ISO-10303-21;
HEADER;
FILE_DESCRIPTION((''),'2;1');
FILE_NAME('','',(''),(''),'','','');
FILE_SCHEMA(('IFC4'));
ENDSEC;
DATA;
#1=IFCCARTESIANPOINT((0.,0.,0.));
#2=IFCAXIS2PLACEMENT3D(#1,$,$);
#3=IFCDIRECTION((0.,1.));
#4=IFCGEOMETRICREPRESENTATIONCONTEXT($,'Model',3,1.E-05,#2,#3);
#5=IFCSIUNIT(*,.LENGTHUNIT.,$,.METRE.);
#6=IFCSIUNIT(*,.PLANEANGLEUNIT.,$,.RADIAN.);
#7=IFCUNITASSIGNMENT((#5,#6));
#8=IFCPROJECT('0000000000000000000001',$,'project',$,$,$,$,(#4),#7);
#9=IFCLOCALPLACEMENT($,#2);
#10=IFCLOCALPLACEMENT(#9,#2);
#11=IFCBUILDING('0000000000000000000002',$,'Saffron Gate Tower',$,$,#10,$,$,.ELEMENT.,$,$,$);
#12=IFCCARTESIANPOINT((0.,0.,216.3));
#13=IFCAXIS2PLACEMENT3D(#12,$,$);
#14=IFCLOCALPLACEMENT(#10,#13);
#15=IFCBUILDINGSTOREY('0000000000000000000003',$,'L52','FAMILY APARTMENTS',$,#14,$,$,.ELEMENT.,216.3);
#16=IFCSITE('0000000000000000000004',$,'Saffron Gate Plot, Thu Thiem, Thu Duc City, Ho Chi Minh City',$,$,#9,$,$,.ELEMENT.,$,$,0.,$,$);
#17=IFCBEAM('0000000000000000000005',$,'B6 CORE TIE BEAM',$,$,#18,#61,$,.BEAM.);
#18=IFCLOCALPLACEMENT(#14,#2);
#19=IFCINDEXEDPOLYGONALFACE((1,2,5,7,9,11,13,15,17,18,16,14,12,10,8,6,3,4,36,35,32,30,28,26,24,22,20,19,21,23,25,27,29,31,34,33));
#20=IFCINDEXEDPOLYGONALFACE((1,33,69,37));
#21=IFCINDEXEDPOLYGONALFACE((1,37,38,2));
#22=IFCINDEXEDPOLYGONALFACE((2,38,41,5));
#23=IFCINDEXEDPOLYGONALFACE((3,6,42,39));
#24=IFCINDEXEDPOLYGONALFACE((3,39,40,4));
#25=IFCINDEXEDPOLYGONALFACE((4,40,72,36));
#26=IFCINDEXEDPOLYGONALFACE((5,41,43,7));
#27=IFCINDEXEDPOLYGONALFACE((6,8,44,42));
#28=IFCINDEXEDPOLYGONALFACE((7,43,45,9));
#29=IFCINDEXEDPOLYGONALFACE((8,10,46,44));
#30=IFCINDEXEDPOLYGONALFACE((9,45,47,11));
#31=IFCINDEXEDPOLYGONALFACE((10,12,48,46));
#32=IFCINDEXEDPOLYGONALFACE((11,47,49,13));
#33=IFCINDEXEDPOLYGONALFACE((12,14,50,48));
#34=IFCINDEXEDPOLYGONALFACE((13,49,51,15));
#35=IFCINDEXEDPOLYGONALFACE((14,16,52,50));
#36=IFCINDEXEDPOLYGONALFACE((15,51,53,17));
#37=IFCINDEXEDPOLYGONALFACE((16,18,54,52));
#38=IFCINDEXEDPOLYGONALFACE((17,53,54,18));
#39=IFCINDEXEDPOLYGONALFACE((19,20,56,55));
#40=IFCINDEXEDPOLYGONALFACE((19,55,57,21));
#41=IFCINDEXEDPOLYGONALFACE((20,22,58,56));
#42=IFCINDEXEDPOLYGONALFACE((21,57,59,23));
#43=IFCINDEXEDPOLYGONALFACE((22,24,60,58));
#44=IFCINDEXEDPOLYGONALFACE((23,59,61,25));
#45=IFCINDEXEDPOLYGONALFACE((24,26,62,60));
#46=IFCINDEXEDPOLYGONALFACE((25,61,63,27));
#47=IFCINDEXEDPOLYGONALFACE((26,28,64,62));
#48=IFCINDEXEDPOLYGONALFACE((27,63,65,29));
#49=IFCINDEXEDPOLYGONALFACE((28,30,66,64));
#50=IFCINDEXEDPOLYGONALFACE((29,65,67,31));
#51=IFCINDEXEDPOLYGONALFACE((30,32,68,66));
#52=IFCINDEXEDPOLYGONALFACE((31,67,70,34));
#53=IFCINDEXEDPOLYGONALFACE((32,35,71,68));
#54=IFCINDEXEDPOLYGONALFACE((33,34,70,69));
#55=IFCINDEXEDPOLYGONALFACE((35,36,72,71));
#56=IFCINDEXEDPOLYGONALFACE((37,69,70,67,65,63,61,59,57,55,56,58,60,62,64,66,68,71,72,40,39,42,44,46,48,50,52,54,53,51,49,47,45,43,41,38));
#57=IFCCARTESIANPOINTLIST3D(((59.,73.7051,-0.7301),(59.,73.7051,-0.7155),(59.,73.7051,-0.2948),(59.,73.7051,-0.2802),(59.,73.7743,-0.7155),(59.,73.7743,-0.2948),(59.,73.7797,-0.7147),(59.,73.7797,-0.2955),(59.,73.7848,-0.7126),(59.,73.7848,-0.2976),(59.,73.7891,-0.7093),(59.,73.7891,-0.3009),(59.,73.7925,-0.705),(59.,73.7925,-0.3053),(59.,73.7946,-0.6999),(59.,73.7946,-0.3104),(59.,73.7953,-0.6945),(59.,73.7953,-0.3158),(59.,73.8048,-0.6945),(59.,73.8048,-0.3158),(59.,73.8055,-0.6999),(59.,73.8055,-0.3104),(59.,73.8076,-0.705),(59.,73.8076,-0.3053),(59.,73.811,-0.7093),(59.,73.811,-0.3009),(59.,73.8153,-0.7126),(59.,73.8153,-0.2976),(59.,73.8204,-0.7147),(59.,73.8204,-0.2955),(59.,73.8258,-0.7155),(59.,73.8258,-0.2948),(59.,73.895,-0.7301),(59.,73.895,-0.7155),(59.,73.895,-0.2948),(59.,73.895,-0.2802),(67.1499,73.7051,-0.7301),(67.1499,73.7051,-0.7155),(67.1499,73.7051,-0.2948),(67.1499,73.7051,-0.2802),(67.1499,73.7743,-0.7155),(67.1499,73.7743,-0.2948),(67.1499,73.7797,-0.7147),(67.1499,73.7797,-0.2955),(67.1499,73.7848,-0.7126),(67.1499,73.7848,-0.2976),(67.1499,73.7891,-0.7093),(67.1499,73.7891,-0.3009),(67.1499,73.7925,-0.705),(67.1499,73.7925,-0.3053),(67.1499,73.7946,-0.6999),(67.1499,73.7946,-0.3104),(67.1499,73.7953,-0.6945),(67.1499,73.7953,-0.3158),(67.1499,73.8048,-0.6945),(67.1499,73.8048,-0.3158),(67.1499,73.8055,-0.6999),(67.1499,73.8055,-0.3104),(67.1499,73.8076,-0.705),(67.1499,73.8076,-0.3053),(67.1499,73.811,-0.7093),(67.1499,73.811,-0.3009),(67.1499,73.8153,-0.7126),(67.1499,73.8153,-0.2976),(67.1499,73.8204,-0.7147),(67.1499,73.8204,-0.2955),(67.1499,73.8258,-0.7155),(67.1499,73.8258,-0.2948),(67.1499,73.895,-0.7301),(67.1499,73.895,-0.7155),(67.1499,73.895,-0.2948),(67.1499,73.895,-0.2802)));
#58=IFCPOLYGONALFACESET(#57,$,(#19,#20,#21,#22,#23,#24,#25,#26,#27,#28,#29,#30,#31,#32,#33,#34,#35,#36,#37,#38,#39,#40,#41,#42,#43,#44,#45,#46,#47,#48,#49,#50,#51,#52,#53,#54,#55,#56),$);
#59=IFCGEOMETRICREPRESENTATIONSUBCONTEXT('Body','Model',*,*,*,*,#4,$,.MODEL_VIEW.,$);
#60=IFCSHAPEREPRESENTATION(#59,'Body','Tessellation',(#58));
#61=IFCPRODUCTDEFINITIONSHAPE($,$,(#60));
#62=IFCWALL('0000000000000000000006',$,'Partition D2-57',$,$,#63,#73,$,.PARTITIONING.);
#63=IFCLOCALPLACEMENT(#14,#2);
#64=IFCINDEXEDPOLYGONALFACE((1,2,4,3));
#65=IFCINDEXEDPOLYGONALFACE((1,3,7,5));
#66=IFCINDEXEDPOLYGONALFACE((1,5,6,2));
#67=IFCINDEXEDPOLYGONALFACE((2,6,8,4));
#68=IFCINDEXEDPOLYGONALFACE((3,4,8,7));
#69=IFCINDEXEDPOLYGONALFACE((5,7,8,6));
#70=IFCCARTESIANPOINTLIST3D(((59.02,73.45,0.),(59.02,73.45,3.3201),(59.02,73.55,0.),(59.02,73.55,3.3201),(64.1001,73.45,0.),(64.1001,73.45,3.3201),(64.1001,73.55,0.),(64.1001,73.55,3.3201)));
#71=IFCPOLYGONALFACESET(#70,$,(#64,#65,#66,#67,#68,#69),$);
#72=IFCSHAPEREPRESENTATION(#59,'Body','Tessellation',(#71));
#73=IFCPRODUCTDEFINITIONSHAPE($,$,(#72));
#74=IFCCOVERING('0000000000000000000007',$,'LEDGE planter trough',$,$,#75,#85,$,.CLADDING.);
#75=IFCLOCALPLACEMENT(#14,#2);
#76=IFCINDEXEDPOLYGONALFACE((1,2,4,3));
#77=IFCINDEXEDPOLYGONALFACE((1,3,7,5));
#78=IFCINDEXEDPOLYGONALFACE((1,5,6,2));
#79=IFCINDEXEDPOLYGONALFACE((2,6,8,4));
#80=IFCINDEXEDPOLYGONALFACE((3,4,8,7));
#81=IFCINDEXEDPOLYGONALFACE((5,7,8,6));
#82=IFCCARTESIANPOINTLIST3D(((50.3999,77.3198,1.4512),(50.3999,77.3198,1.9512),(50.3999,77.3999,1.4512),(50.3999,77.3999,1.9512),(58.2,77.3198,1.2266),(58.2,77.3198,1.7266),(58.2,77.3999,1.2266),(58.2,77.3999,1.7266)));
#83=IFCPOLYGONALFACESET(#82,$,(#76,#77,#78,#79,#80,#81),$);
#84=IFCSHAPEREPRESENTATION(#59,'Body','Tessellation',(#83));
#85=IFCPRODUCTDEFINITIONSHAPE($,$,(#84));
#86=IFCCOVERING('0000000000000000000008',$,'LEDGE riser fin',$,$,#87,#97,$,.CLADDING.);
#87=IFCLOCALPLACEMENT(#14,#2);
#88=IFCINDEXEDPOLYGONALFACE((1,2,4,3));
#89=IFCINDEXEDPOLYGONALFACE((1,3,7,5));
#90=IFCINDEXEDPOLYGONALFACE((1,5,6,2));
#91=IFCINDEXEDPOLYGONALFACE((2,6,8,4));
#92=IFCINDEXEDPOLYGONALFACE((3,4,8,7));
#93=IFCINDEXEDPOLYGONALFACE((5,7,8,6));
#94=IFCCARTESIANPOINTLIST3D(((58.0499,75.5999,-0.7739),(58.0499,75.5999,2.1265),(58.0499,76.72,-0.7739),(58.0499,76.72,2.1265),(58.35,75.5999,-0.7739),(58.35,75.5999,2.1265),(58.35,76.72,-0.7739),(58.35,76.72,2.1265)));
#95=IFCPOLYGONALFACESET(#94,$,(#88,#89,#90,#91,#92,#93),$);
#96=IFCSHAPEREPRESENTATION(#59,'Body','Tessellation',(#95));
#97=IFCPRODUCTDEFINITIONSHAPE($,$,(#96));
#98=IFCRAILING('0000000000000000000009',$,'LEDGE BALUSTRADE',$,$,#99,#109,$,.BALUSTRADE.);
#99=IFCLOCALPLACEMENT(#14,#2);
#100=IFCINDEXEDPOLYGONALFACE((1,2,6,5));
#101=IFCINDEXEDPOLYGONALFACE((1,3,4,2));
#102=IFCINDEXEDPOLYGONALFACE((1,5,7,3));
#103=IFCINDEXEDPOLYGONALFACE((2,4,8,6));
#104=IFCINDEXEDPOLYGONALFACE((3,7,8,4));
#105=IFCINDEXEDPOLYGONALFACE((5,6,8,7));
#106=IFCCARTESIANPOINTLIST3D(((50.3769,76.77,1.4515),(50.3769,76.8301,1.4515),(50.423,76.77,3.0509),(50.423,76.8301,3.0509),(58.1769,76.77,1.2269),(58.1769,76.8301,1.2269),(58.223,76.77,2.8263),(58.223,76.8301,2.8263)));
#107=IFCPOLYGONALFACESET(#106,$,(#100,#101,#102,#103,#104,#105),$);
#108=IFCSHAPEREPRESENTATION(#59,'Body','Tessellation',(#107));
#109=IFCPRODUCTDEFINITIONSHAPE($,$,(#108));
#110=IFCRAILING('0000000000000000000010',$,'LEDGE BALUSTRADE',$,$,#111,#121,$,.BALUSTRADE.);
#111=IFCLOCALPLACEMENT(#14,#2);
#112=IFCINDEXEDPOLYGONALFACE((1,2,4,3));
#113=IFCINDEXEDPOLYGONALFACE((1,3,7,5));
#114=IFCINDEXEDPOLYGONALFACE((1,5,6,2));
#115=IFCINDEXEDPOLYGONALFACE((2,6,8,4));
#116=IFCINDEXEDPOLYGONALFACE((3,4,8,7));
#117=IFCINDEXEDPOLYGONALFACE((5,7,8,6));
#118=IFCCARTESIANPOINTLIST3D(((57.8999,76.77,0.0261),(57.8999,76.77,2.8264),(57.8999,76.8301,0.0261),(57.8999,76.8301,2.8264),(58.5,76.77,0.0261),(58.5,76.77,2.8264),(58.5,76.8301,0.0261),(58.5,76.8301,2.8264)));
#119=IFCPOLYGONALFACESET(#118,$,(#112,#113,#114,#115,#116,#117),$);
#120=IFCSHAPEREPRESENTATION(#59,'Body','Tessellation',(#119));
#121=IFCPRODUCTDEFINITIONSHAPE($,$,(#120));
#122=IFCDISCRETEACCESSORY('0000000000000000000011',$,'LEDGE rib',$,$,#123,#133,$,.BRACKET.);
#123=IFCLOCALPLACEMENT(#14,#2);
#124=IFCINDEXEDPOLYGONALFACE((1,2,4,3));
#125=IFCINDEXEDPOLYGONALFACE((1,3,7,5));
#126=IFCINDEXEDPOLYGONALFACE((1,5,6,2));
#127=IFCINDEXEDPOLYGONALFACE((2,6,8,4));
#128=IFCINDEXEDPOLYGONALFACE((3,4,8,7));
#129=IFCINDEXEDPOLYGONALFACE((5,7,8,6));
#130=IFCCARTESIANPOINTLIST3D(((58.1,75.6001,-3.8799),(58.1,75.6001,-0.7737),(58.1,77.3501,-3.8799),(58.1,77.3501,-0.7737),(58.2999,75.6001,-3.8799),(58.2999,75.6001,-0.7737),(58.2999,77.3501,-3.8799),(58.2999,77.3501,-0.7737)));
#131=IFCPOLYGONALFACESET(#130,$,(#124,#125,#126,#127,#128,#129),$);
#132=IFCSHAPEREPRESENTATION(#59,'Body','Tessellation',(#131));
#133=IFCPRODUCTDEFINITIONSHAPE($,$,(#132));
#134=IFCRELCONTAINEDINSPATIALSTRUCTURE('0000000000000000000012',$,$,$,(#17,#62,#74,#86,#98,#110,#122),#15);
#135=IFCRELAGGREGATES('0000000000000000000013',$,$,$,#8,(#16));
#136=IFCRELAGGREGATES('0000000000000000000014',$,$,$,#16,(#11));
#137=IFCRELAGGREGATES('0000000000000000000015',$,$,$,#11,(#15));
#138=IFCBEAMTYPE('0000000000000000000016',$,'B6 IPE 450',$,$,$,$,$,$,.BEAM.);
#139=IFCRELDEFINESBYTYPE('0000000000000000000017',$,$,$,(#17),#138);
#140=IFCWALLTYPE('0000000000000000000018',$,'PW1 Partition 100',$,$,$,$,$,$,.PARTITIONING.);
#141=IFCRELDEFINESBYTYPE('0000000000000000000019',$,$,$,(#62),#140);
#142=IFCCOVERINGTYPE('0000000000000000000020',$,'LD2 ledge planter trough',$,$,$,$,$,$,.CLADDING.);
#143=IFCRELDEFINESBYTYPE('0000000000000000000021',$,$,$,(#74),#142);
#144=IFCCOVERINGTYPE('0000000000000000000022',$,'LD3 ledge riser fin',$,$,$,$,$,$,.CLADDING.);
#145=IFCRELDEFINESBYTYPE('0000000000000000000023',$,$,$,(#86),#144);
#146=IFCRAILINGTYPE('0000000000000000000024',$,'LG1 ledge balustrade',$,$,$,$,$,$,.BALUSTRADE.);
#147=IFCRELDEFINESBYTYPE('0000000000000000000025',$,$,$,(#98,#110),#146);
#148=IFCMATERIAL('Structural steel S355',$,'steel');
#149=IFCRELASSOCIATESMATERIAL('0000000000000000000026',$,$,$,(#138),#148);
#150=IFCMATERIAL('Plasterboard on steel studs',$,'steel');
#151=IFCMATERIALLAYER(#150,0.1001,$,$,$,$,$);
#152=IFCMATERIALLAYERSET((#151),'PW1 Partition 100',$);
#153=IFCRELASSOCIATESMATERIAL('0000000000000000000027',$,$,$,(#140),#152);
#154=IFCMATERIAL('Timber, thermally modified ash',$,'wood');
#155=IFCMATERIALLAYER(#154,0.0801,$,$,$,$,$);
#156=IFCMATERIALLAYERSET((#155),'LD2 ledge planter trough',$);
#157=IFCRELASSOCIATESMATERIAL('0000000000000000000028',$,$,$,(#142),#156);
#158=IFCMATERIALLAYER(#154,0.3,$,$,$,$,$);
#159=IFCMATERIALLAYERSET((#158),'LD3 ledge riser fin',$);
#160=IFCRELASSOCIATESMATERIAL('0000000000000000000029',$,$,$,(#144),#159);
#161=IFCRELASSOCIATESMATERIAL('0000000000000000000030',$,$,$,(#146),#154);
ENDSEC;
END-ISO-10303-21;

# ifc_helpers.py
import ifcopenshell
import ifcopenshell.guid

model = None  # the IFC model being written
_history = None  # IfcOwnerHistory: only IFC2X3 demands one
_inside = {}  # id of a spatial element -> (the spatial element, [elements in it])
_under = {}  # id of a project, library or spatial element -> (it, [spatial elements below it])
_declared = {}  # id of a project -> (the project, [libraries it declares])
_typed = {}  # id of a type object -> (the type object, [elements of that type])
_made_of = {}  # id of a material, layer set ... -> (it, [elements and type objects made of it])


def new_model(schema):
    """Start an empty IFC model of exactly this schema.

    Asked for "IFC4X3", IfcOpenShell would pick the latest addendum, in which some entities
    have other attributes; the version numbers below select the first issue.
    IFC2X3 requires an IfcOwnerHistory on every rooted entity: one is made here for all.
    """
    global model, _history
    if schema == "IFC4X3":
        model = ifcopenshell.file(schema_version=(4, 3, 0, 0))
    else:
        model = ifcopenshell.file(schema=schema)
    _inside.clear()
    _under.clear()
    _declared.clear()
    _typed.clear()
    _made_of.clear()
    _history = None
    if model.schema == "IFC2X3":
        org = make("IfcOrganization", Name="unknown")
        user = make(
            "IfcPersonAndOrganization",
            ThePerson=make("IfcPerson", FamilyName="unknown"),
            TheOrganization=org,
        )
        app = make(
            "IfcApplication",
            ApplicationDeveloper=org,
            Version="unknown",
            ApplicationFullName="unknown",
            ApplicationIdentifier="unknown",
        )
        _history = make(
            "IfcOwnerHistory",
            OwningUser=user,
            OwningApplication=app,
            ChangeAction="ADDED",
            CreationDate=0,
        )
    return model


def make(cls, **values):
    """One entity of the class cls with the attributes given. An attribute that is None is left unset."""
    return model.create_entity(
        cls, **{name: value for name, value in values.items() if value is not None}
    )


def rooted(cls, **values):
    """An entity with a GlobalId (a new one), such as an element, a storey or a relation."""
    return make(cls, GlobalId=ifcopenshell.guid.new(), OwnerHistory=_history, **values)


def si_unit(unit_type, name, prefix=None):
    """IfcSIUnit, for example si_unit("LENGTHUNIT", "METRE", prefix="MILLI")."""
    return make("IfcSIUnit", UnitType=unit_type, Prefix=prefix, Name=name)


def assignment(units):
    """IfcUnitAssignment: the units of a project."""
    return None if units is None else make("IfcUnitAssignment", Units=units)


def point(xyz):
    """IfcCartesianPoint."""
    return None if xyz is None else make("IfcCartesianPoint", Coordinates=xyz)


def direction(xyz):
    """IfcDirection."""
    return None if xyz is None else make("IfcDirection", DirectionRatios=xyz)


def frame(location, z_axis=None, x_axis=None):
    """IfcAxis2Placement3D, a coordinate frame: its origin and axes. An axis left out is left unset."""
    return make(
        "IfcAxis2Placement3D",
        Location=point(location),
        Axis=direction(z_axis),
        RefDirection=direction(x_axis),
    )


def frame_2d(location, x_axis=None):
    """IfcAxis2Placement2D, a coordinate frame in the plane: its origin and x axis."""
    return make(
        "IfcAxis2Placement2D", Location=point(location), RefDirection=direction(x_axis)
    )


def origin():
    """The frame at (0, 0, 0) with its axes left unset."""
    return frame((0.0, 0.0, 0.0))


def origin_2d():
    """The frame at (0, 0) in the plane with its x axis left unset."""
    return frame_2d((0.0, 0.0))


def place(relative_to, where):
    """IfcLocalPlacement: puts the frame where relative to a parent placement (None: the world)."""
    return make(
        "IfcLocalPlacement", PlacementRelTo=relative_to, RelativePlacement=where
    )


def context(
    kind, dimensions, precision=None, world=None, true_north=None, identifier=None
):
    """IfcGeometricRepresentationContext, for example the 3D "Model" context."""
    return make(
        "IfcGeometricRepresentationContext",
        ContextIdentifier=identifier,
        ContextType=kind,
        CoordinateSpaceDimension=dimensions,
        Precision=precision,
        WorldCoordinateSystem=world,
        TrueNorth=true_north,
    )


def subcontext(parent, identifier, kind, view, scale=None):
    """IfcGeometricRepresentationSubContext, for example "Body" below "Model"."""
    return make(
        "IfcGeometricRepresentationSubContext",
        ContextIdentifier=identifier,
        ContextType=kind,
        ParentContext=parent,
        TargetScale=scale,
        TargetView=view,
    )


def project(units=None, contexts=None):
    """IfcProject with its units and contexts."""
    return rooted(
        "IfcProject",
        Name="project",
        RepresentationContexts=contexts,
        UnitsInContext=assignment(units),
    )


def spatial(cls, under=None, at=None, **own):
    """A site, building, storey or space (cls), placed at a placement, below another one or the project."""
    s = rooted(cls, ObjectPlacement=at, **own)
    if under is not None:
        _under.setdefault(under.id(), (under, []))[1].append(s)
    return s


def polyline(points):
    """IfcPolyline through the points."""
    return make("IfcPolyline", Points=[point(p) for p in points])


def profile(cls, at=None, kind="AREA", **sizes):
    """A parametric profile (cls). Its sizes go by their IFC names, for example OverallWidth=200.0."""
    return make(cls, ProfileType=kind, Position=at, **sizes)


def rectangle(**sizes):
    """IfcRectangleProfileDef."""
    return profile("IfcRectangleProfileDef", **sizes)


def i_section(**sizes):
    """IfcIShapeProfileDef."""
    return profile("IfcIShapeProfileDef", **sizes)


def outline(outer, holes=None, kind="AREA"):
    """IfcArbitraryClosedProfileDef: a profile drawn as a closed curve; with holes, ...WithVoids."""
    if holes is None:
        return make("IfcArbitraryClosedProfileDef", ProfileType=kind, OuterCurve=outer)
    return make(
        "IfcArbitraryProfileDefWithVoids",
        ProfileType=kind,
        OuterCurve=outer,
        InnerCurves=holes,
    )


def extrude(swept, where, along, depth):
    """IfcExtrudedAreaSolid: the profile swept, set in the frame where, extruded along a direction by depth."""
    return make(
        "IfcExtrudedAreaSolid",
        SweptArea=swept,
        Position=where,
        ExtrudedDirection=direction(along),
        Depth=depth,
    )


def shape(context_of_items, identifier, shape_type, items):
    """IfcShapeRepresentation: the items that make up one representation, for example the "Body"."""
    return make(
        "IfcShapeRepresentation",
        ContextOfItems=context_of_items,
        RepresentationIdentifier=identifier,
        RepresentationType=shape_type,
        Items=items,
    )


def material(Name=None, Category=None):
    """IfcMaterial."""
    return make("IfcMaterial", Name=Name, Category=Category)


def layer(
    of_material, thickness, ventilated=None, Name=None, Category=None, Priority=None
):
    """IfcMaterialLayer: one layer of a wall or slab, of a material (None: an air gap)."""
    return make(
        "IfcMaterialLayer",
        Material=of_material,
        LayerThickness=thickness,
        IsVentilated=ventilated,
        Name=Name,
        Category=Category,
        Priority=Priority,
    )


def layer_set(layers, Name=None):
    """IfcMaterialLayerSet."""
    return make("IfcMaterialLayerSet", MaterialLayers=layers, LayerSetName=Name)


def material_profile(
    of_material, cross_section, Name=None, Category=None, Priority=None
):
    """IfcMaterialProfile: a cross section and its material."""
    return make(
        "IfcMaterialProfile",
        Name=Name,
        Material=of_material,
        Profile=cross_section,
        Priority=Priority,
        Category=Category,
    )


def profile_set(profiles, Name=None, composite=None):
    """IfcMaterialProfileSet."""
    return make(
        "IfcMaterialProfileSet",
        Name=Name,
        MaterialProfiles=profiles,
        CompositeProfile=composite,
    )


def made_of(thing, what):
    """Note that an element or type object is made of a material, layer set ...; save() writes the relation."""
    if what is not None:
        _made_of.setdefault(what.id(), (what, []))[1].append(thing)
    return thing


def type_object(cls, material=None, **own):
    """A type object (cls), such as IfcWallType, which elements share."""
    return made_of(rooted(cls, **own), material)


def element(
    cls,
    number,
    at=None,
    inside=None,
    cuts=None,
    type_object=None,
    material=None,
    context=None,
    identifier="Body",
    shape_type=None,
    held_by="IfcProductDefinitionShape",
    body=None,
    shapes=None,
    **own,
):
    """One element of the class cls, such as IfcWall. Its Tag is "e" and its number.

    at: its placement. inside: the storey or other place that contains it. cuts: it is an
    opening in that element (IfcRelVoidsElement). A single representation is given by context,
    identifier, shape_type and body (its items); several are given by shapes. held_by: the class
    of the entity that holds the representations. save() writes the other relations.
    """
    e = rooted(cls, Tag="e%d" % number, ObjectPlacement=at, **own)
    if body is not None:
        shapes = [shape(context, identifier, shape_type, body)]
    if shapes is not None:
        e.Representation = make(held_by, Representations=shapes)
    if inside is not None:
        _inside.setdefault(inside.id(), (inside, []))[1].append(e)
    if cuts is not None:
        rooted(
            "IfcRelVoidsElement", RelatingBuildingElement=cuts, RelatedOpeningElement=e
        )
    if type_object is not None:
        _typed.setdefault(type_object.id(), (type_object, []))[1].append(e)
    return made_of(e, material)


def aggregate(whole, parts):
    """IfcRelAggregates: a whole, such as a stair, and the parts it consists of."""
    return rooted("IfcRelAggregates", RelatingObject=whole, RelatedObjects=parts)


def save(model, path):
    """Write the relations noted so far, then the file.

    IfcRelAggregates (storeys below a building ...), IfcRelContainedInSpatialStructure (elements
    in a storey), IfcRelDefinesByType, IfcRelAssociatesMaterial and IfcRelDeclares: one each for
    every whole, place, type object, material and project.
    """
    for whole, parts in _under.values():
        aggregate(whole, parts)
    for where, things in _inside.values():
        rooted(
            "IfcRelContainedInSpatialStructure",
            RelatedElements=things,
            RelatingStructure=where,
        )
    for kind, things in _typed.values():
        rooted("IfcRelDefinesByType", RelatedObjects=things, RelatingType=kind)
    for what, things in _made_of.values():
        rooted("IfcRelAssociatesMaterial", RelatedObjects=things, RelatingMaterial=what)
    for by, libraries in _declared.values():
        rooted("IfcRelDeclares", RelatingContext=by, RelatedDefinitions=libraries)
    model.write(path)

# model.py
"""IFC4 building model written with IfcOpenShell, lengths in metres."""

from ifc_helpers import new_model, si_unit, direction, frame, frame_2d, origin, origin_2d, place, context, subcontext, project, spatial, polyline, rectangle, i_section, outline, extrude, material, layer, layer_set, material_profile, profile_set, type_object, element, save


model = new_model("IFC4")

# Units and contexts
model_context = context("Model", 3, precision=1e-05, world=origin(), true_north=direction((0.0, 1.0)))
body_context = subcontext(model_context, "Body", "Model", "MODEL_VIEW")
ifc_project = project(units=[si_unit("LENGTHUNIT", "METRE"), si_unit("PLANEANGLEUNIT", "RADIAN")], contexts=[model_context])

# Site, building, storey
site_placement = place(None, origin())
site = spatial("IfcSite", under=ifc_project, at=site_placement, Name="Saffron Gate Plot, Thu Thiem, Thu Duc City, Ho Chi Minh City", CompositionType="ELEMENT", RefElevation=0.0)
building_placement = place(site_placement, origin())
building = spatial("IfcBuilding", under=site, at=building_placement, Name="Saffron Gate Tower", CompositionType="ELEMENT")
storey_placement = place(building_placement, frame((0.0, 0.0, 216.3)))
storey = spatial("IfcBuildingStorey", under=building, at=storey_placement, Name="L52", Description="FAMILY APARTMENTS", CompositionType="ELEMENT", Elevation=216.3)

# Beam
ifc_material_1 = material(Name="Structural steel S355", Category="steel")
ifc_material_profile = material_profile(ifc_material_1, i_section(OverallWidth=0.1899, OverallDepth=0.45, WebThickness=0.0095, FlangeThickness=0.0146, FilletRadius=0.021, at=origin_2d()))
ifc_profile_set = profile_set([ifc_material_profile], Name="Structural steel S355")
beam_type = type_object("IfcBeamType", Name="B6 IPE 450", PredefinedType="BEAM", material=ifc_profile_set)
beam_placement = place(storey_placement, frame((59.0, 73.8, -0.5051), z_axis=(1.0, 0.0, 0.0), x_axis=(0.0, 1.0, 0.0)))
element("IfcBeam", 1, at=beam_placement, inside=storey, type_object=beam_type, Name="B6 CORE TIE BEAM", PredefinedType="BEAM", context=body_context, shape_type="SweptSolid", body=[
    extrude(i_section(OverallWidth=0.1899, OverallDepth=0.45, WebThickness=0.0095, FlangeThickness=0.0146, FilletRadius=0.021, at=origin_2d()), origin(), (0.0, 0.0, 1.0), 8.1499),
])

# Wall
ifc_material_2 = material(Name="Plasterboard on steel studs", Category="steel")
ifc_layer_1 = layer(ifc_material_2, 0.1001)
ifc_layer_set_1 = layer_set([ifc_layer_1], Name="PW1 Partition 100")
wall_type = type_object("IfcWallType", Name="PW1 Partition 100", PredefinedType="PARTITIONING", material=ifc_layer_set_1)
wall_placement = place(storey_placement, frame((59.02, 73.5, 0.0), z_axis=(0.0, 0.0, 1.0), x_axis=(1.0, 0.0, 0.0)))
element("IfcWall", 2, at=wall_placement, inside=storey, type_object=wall_type, Name="Partition D2-57", PredefinedType="PARTITIONING", context=body_context, shape_type="SweptSolid", body=[
    extrude(rectangle(XDim=5.0801, YDim=0.1001, at=frame_2d((2.54, 0.0))), origin(), (0.0, 0.0, 1.0), 3.3201),
])

# Coverings
ifc_material_3 = material(Name="Timber, thermally modified ash", Category="wood")
ifc_layer_2 = layer(ifc_material_3, 0.0801)
ifc_layer_set_2 = layer_set([ifc_layer_2], Name="LD2 ledge planter trough")
covering_type_1 = type_object("IfcCoveringType", Name="LD2 ledge planter trough", PredefinedType="CLADDING", material=ifc_layer_set_2)
covering_1_placement = place(storey_placement, frame((58.2, 77.3999, 1.2266), z_axis=(0.0, 1.0, 0.0), x_axis=(-0.999586, 0.0, 0.028784)))
element("IfcCovering", 3, at=covering_1_placement, inside=storey, type_object=covering_type_1, Name="LEDGE planter trough", PredefinedType="CLADDING", context=body_context, shape_type="SweptSolid", body=[
    extrude(outline(polyline([(0.0, 0.0), (7.8033, 0.0), (7.8177, 0.4998), (0.0144, 0.4998), (0.0, 0.0)])), origin(), (0.0, 0.0, -1.0), 0.0801),
])
ifc_layer_3 = layer(ifc_material_3, 0.3)
ifc_layer_set_3 = layer_set([ifc_layer_3], Name="LD3 ledge riser fin")
covering_type_2 = type_object("IfcCoveringType", Name="LD3 ledge riser fin", PredefinedType="CLADDING", material=ifc_layer_set_3)
covering_2_placement = place(storey_placement, frame((58.2, 76.1599, -0.7739), z_axis=(0.0, 0.0, 1.0), x_axis=(-1.0, 0.0, 0.0)))
element("IfcCovering", 4, at=covering_2_placement, inside=storey, type_object=covering_type_2, Name="LEDGE riser fin", PredefinedType="CLADDING", context=body_context, shape_type="SweptSolid", body=[
    extrude(rectangle(XDim=0.3, YDim=1.1201, at=origin_2d()), origin(), (0.0, 0.0, 1.0), 2.9004),
])

# Railings
railing_type = type_object("IfcRailingType", Name="LG1 ledge balustrade", PredefinedType="BALUSTRADE", material=ifc_material_3)
railing_1_placement = place(storey_placement, frame((58.2, 76.8, 1.2266)))
element("IfcRailing", 5, at=railing_1_placement, inside=storey, type_object=railing_type, Name="LEDGE BALUSTRADE", PredefinedType="BALUSTRADE", context=body_context, shape_type="SweptSolid", body=[
    extrude(rectangle(XDim=0.0601, YDim=1.6001, at=origin_2d()), frame((0.0, 0.0, 0.8), z_axis=(-0.999586, 0.0, 0.028784), x_axis=(0.0, -1.0, 0.0)), (0.0, 0.0, 1.0), 7.8032),
])
railing_2_placement = place(storey_placement, frame((58.5, 76.8, 0.0261)))
element("IfcRailing", 6, at=railing_2_placement, inside=storey, type_object=railing_type, Name="LEDGE BALUSTRADE", PredefinedType="BALUSTRADE", context=body_context, shape_type="SweptSolid", body=[
    extrude(rectangle(XDim=0.0601, YDim=2.8003, at=origin_2d()), frame((0.0, 0.0, 1.4001), z_axis=(-1.0, 0.0, 0.0), x_axis=(0.0, -1.0, 0.0)), (0.0, 0.0, 1.0), 0.6001),
])

# Discrete accessory
discrete_accessory_placement = place(storey_placement, frame((58.2, 76.4751, -3.8799), z_axis=(0.0, 0.0, 1.0), x_axis=(-1.0, 0.0, 0.0)))
element("IfcDiscreteAccessory", 7, at=discrete_accessory_placement, inside=storey, Name="LEDGE rib", PredefinedType="BRACKET", context=body_context, shape_type="SweptSolid", body=[
    extrude(rectangle(XDim=0.2, YDim=1.75, at=origin_2d()), origin(), (0.0, 0.0, 1.0), 3.1062),
])

save(model, "model.ifc")
